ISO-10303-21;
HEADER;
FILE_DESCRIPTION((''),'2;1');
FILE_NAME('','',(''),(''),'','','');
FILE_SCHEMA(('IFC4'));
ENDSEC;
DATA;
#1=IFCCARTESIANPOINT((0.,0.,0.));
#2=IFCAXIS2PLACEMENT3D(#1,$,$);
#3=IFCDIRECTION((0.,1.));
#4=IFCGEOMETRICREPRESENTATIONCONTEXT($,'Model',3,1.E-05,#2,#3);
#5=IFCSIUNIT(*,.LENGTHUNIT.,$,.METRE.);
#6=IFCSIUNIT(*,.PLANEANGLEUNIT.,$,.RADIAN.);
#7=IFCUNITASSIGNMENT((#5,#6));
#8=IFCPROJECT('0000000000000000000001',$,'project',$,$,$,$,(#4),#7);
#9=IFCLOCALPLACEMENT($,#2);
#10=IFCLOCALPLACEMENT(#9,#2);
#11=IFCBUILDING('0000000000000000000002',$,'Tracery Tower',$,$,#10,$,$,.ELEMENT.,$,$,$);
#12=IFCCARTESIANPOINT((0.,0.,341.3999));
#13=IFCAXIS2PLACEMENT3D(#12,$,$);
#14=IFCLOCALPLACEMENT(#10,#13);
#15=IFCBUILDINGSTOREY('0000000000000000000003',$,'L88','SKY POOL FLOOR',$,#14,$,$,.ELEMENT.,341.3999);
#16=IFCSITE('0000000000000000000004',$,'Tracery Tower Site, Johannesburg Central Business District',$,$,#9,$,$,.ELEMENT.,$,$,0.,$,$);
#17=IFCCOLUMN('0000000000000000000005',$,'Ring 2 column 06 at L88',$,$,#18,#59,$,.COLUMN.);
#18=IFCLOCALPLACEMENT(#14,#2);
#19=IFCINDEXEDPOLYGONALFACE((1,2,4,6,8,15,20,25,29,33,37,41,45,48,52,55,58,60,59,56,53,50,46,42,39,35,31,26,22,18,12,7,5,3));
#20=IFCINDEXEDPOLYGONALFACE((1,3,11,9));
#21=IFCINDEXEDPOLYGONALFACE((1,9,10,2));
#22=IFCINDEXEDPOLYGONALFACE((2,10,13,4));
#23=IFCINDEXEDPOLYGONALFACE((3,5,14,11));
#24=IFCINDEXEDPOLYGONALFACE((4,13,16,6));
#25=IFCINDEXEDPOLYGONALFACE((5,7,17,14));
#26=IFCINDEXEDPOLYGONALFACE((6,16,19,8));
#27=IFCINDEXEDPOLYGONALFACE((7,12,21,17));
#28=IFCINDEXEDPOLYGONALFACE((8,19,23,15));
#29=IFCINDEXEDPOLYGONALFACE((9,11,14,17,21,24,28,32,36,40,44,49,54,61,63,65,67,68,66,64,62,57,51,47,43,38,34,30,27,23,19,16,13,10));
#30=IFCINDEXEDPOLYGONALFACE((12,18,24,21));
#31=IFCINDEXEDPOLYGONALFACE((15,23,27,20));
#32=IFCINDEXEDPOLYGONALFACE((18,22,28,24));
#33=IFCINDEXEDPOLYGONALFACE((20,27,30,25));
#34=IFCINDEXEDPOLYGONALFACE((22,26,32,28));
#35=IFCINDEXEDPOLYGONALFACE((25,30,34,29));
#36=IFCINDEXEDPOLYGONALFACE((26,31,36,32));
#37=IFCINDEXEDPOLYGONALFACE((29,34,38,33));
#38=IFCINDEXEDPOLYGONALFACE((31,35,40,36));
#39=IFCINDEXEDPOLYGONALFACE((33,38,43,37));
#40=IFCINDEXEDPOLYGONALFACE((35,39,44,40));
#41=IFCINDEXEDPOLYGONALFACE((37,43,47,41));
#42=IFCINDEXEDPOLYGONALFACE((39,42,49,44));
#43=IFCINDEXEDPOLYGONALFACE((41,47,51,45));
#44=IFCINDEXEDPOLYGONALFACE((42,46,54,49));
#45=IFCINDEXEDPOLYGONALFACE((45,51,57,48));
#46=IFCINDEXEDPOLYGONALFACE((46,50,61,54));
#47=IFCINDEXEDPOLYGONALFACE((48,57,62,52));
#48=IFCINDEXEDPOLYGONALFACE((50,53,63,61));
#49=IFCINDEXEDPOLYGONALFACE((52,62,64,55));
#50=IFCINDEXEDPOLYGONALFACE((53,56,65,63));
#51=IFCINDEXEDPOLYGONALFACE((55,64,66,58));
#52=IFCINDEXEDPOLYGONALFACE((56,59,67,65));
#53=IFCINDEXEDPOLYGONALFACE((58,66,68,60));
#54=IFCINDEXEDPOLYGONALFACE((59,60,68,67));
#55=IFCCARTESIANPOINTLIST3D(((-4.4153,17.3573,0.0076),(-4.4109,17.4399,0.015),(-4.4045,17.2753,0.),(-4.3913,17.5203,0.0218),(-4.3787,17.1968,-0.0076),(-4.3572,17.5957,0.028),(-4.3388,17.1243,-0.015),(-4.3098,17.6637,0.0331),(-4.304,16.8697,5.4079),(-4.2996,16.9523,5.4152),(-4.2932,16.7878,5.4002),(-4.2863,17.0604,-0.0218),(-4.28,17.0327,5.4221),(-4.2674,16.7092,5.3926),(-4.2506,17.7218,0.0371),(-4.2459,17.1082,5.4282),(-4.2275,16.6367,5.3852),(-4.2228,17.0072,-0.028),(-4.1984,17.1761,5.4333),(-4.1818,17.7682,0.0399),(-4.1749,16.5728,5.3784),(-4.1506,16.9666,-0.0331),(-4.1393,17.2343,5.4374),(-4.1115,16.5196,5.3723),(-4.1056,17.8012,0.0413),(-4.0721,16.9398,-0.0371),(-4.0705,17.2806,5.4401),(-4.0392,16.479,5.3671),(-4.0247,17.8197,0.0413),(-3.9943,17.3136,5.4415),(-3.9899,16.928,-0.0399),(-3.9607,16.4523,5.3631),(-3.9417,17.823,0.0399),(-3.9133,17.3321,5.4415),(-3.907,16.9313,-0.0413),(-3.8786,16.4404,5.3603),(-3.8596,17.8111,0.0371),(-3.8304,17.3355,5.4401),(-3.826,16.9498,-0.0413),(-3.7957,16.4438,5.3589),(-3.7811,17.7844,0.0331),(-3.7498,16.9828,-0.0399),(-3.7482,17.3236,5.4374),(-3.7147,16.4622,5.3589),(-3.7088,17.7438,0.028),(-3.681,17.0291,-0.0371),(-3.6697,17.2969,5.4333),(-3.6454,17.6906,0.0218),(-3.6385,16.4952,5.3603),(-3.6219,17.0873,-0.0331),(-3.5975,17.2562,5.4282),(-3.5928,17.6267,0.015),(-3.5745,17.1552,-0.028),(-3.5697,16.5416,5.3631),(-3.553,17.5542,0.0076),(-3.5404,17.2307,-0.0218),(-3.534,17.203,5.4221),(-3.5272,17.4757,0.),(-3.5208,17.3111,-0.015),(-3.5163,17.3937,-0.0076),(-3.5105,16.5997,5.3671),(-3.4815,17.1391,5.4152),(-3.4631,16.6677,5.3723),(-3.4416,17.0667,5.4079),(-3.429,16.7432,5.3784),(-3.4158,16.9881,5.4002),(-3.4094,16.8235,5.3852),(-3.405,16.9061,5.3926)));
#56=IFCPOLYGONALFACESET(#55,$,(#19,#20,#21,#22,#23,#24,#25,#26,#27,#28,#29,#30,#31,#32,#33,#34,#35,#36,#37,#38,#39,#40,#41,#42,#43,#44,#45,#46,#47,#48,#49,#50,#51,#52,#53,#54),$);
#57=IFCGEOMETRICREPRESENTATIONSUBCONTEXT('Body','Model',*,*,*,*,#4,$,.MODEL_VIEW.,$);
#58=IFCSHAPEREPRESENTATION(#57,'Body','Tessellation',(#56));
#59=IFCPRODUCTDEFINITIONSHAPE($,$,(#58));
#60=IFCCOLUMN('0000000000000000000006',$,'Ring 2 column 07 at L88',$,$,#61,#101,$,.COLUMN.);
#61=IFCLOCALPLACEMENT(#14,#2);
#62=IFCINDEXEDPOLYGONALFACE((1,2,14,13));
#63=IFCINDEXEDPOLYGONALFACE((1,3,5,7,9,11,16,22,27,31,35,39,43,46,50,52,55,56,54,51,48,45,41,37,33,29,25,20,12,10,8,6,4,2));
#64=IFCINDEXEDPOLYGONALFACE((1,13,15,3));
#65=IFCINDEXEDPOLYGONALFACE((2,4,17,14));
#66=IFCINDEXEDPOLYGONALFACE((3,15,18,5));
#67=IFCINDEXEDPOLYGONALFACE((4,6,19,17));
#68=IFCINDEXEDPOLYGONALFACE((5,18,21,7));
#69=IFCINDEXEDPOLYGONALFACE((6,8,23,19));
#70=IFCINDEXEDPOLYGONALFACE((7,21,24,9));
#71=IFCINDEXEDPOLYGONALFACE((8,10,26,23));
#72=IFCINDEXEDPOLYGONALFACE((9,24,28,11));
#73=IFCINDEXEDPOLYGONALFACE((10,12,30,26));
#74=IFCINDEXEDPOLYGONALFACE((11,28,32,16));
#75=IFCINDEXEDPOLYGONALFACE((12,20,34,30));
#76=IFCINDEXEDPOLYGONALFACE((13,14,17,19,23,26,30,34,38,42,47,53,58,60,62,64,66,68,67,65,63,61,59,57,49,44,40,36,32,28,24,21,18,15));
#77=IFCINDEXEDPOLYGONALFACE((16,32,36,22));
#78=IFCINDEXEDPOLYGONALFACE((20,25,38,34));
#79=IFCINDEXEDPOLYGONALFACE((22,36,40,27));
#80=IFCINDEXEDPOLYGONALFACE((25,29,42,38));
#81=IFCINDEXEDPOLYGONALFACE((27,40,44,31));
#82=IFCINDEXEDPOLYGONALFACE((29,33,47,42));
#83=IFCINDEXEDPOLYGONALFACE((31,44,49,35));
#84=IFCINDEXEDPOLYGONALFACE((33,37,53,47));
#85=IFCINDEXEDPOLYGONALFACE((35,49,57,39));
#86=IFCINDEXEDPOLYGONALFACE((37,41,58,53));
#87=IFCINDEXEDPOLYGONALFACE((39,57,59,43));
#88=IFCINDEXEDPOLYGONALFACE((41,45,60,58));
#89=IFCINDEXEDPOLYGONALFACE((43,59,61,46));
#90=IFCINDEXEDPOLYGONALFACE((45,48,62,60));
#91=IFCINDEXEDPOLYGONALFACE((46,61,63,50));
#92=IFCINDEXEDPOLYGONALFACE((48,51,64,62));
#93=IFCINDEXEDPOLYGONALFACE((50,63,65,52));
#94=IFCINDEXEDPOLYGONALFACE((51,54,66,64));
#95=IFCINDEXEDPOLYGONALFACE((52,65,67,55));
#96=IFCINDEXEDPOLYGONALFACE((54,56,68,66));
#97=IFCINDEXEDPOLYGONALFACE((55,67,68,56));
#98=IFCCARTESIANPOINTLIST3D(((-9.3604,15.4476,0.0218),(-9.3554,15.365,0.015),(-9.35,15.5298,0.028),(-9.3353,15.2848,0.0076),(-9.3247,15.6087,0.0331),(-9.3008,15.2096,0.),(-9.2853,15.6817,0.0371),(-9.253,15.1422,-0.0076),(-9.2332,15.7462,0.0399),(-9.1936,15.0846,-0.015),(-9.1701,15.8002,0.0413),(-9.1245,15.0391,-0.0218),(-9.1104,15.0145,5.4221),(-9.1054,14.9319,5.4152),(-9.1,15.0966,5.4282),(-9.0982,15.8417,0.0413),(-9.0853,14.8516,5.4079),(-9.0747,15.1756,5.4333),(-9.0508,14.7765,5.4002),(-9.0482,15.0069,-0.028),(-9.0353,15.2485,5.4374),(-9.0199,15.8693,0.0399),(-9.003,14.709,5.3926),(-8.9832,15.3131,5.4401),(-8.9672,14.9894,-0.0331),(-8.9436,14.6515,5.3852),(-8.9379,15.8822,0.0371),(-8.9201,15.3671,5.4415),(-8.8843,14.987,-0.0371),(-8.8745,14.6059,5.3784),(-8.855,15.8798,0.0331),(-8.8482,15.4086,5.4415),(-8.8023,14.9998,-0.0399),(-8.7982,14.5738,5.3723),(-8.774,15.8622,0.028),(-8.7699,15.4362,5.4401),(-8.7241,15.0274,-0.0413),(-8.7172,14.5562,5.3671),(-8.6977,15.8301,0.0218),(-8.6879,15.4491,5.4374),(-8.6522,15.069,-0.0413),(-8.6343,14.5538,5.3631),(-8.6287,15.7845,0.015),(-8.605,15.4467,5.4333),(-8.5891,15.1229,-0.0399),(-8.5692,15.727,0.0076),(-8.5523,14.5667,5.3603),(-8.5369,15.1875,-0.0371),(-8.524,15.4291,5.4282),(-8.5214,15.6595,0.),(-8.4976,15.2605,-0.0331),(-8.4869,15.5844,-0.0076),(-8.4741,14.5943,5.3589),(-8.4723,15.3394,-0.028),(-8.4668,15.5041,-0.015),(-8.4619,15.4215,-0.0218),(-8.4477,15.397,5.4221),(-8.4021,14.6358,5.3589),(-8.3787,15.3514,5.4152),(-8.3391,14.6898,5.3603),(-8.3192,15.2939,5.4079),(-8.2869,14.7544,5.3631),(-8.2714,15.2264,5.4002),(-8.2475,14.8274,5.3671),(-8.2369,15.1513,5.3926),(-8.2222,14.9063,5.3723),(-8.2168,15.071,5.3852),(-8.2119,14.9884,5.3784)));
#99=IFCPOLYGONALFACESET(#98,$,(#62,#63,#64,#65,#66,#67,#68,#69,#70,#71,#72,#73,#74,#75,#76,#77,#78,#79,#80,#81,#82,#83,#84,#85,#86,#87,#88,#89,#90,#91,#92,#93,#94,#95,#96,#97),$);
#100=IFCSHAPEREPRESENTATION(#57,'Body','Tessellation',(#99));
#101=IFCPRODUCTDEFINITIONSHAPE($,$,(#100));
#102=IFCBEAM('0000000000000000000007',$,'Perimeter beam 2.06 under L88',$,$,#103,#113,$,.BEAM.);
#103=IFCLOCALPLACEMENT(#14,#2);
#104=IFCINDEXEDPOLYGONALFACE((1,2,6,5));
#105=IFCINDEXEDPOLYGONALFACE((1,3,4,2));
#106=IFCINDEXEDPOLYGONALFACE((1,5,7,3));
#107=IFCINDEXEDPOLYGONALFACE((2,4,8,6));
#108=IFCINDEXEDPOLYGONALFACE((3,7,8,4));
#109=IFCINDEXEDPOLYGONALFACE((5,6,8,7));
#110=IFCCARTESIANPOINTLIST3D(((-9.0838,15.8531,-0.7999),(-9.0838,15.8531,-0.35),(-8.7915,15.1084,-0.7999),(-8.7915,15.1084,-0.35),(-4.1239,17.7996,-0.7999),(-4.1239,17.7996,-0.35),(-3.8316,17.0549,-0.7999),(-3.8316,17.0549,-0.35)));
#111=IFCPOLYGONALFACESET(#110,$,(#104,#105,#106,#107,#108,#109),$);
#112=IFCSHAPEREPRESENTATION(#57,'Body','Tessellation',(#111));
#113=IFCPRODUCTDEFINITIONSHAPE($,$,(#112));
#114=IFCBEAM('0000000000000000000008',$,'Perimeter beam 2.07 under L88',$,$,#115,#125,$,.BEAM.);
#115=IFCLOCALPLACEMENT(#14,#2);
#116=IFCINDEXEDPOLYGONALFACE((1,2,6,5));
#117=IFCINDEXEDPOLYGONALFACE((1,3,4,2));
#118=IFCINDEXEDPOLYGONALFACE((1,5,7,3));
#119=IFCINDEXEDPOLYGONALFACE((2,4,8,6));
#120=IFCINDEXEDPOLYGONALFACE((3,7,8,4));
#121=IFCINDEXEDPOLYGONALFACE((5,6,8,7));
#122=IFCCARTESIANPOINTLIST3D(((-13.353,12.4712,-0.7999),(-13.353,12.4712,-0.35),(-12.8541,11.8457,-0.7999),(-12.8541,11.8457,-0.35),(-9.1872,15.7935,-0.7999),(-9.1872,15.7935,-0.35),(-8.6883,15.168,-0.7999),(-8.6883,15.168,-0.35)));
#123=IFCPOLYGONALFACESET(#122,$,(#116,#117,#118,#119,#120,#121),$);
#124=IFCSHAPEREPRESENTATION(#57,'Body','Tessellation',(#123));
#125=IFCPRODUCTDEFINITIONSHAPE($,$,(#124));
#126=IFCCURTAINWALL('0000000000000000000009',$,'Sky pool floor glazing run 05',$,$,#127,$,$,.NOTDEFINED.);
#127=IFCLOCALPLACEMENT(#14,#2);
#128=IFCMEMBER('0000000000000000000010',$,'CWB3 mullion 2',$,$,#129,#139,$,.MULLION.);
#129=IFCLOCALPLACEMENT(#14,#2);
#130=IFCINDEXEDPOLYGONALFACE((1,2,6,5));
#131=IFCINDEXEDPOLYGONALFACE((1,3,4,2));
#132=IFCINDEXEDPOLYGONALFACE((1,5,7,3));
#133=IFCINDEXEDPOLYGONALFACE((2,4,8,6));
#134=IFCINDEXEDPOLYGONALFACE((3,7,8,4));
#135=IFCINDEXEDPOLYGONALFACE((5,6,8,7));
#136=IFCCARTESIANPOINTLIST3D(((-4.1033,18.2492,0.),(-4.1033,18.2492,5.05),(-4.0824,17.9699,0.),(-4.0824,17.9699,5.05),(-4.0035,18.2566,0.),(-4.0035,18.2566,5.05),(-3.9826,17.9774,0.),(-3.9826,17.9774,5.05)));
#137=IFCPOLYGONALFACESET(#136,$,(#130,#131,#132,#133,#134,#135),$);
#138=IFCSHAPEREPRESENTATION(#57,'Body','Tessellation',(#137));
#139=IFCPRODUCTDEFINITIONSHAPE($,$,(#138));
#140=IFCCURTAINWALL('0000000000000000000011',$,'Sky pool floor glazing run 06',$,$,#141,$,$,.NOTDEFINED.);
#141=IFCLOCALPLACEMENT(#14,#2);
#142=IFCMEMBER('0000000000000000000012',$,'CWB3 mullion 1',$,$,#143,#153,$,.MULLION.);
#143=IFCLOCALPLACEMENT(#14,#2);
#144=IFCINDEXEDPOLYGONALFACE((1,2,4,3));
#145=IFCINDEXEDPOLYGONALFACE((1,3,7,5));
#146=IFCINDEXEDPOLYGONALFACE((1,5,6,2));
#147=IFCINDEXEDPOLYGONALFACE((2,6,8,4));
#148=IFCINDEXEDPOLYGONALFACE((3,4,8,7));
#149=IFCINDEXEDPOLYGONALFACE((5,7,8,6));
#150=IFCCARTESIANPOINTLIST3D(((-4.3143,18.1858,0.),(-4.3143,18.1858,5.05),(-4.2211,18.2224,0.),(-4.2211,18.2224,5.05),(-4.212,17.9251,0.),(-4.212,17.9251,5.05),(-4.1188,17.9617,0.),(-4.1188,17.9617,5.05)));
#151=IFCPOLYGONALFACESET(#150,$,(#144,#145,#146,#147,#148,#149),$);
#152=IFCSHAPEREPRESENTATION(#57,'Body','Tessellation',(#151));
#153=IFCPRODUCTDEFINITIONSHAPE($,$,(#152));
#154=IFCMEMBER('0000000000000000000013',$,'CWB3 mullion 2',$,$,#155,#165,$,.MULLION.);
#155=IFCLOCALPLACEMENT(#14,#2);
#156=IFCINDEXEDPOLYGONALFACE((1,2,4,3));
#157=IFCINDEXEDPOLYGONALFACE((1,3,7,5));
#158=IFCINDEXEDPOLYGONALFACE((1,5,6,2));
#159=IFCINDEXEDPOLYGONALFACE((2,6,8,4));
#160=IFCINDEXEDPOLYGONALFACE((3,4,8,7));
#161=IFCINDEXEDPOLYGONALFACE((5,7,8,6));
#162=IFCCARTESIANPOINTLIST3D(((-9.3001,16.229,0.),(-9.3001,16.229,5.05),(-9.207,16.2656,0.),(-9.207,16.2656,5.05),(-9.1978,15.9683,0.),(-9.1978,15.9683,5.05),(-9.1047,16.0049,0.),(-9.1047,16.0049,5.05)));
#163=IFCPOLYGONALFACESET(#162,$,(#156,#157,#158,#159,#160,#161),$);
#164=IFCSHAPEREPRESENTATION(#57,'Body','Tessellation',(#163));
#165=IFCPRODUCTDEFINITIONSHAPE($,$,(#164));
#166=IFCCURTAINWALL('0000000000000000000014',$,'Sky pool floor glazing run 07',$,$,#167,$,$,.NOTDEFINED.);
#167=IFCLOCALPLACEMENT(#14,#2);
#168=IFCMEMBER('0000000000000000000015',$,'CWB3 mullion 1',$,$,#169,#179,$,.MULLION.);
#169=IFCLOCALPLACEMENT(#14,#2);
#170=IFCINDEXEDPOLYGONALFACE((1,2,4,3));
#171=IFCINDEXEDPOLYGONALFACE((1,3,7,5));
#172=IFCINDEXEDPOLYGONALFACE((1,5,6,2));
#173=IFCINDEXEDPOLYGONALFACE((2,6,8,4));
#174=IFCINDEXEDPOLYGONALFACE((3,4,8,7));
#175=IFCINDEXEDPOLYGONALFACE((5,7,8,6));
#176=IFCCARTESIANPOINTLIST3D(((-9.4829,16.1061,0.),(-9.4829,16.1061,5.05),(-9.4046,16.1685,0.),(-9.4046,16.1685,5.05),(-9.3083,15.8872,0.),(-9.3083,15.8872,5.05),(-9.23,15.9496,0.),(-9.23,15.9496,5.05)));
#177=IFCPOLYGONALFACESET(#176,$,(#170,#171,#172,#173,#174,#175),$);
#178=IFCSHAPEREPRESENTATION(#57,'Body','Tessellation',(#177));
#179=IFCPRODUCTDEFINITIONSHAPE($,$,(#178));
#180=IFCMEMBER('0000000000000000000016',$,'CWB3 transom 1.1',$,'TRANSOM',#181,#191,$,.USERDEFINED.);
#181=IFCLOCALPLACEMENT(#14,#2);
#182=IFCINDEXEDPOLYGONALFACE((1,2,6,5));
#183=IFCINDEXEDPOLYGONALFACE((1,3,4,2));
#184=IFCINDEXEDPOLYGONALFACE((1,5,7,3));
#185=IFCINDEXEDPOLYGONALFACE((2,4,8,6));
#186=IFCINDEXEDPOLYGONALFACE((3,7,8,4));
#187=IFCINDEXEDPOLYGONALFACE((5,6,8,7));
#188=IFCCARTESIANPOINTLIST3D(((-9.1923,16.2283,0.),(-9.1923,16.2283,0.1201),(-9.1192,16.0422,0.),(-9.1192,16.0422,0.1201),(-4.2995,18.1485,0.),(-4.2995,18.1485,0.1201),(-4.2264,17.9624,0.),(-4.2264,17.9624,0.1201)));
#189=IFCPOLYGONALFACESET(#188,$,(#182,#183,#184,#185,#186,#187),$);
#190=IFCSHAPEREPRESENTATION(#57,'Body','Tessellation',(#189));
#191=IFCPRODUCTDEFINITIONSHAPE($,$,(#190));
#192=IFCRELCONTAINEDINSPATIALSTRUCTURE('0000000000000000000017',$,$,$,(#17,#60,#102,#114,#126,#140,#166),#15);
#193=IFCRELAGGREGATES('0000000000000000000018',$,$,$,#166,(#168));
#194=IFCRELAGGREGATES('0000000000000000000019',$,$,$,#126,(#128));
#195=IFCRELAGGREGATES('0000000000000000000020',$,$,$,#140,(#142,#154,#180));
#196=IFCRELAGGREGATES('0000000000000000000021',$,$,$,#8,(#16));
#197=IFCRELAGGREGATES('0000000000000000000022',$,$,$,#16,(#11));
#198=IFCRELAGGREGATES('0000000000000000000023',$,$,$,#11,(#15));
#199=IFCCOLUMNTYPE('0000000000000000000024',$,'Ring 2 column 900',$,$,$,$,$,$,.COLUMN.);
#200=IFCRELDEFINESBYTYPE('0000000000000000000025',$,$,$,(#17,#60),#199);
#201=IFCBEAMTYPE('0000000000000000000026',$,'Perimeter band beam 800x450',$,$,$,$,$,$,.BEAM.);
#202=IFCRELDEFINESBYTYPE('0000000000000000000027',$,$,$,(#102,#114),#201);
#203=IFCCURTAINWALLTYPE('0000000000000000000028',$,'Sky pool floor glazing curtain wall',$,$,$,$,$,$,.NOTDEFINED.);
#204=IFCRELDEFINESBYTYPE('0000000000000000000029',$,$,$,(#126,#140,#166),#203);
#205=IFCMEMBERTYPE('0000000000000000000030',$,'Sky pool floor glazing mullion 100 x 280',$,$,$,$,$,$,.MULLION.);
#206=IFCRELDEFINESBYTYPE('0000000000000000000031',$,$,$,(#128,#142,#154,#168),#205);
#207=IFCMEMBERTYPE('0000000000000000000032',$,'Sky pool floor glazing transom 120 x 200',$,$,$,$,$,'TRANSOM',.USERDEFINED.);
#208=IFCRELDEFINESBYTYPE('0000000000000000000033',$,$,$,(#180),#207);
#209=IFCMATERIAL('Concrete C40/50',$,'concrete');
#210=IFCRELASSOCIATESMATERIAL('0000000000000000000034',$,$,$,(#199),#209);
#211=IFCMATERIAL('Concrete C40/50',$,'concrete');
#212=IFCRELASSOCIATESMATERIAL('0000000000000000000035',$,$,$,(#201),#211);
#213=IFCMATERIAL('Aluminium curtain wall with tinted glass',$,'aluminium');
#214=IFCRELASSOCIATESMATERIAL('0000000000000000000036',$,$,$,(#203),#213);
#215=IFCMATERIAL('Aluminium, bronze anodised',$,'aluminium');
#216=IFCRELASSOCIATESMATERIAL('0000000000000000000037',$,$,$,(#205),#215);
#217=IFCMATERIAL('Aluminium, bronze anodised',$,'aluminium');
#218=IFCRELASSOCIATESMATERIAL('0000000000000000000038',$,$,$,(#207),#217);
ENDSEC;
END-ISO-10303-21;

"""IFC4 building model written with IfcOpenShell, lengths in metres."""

from ifc_helpers import new_model, si_unit, direction, frame, origin, origin_2d, place, context, subcontext, project, spatial, rectangle, circle, extrude, material, material_profile, profile_set, type_object, element, aggregate, save


model = new_model("IFC4")

# Units and contexts
model_context = context("Model", 3, precision=1e-05, world=origin(), true_north=direction((0.0, 1.0)))
body_context = subcontext(model_context, "Body", "Model", "MODEL_VIEW")
ifc_project = project(units=[si_unit("LENGTHUNIT", "METRE"), si_unit("PLANEANGLEUNIT", "RADIAN")], contexts=[model_context])

# Site, building, storey
site_placement = place(None, origin())
site = spatial("IfcSite", under=ifc_project, at=site_placement, Name="Tracery Tower Site, Johannesburg Central Business District", CompositionType="ELEMENT", RefElevation=0.0)
building_placement = place(site_placement, origin())
building = spatial("IfcBuilding", under=site, at=building_placement, Name="Tracery Tower", CompositionType="ELEMENT")
storey_placement = place(building_placement, frame((0.0, 0.0, 341.3999)))
storey = spatial("IfcBuildingStorey", under=building, at=storey_placement, Name="L88", Description="SKY POOL FLOOR", CompositionType="ELEMENT", Elevation=341.3999)

# Columns
ifc_material_1 = material(Name="Concrete C40/50", Category="concrete")
ifc_material_profile_1 = material_profile(ifc_material_1, circle(Radius=0.45, at=origin_2d()), Name="RC D900")
ifc_profile_set_1 = profile_set([ifc_material_profile_1], Name="Concrete C40/50")
column_type = type_object("IfcColumnType", Name="Ring 2 column 900", PredefinedType="COLUMN", material=ifc_profile_set_1)
for number, where, z_axis, x_axis, name in (
    (1, (-3.9658, 17.3755, 0.0), (0.020528, -0.0899, 0.995739), (0.974907, 0.222613, 0.0), "Ring 2 column 06 at L88"),
    (2, (-8.9111, 15.4346, 0.0), (0.046098, -0.079861, 0.99574), (0.866072, 0.49992, 0.0), "Ring 2 column 07 at L88"),
):
    element("IfcColumn", number, at=place(storey_placement, frame(where, z_axis=z_axis, x_axis=x_axis)), inside=storey, type_object=column_type, Name=name, PredefinedType="COLUMN", context=body_context, shape_type="SweptSolid", body=[
        extrude(circle(Radius=0.45, at=origin_2d()), origin(), (0.0, 0.0, 1.0), 5.4233),
    ])

# Beams
ifc_material_2 = material(Name="Concrete C40/50", Category="concrete")
ifc_material_profile_2 = material_profile(ifc_material_2, rectangle(XDim=0.8, YDim=0.45, at=origin_2d()), Name="RC 800x450")
ifc_profile_set_2 = profile_set([ifc_material_profile_2], Name="Concrete C40/50")
beam_type = type_object("IfcBeamType", Name="Perimeter band beam 800x450", PredefinedType="BEAM", material=ifc_profile_set_2)
beam_1_placement = place(storey_placement, frame((-3.9778, 17.4272, -0.575), z_axis=(-0.930881, -0.365323, 0.0), x_axis=(0.365323, -0.930881, 0.0)))
element("IfcBeam", 3, at=beam_1_placement, inside=storey, type_object=beam_type, Name="Perimeter beam 2.06 under L88", PredefinedType="BEAM", context=body_context, shape_type="SweptSolid", body=[
    extrude(rectangle(XDim=0.8, YDim=0.45, at=origin_2d()), origin(), (0.0, 0.0, 1.0), 5.3281),
])
beam_2_placement = place(storey_placement, frame((-8.9377, 15.4807, -0.575), z_axis=(-0.781816, -0.62351, 0.0), x_axis=(0.62351, -0.781816, 0.0)))
element("IfcBeam", 4, at=beam_2_placement, inside=storey, type_object=beam_type, Name="Perimeter beam 2.07 under L88", PredefinedType="BEAM", context=body_context, shape_type="SweptSolid", body=[
    extrude(rectangle(XDim=0.8, YDim=0.45, at=origin_2d()), origin(), (0.0, 0.0, 1.0), 5.3284),
])

# Curtain wall, member
ifc_material_3 = material(Name="Aluminium curtain wall with tinted glass", Category="aluminium")
curtain_wall_type = type_object("IfcCurtainWallType", Name="Sky pool floor glazing curtain wall", PredefinedType="NOTDEFINED", material=ifc_material_3)
curtain_wall_1_placement = place(storey_placement, origin())
curtain_wall_1 = element("IfcCurtainWall", 5, at=curtain_wall_1_placement, inside=storey, type_object=curtain_wall_type, Name="Sky pool floor glazing run 05", PredefinedType="NOTDEFINED")
ifc_material_4 = material(Name="Aluminium, bronze anodised", Category="aluminium")
ifc_material_profile_3 = material_profile(ifc_material_4, rectangle(XDim=0.28, YDim=0.1001, at=origin_2d()), Name="Sky pool floor glazing mullion 100 x 280")
ifc_profile_set_3 = profile_set([ifc_material_profile_3], Name="Aluminium, bronze anodised")
member_type_1 = type_object("IfcMemberType", Name="Sky pool floor glazing mullion 100 x 280", PredefinedType="MULLION", material=ifc_profile_set_3)
member_1_placement = place(storey_placement, frame((-4.043, 18.1133, 0.0), z_axis=(0.0, 0.0, 1.0), x_axis=(0.074743, -0.997203, 0.0)))
member_1 = element("IfcMember", 6, at=member_1_placement, type_object=member_type_1, Name="CWB3 mullion 2", PredefinedType="MULLION", context=body_context, shape_type="SweptSolid", body=[
    extrude(rectangle(XDim=0.28, YDim=0.1001, at=origin_2d()), origin(), (0.0, 0.0, 1.0), 5.05),
])

# Curtain wall, members
curtain_wall_2_placement = place(storey_placement, origin())
curtain_wall_2 = element("IfcCurtainWall", 7, at=curtain_wall_2_placement, inside=storey, type_object=curtain_wall_type, Name="Sky pool floor glazing run 06", PredefinedType="NOTDEFINED")
member_2_placement = place(storey_placement, frame((-4.2166, 18.0737, 0.0), z_axis=(0.0, 0.0, 1.0), x_axis=(0.365331, -0.930878, 0.0)))
member_2 = element("IfcMember", 8, at=member_2_placement, type_object=member_type_1, Name="CWB3 mullion 1", PredefinedType="MULLION", context=body_context, shape_type="SweptSolid", body=[
    extrude(rectangle(XDim=0.28, YDim=0.1001, at=origin_2d()), origin(), (0.0, 0.0, 1.0), 5.05),
])
member_3_placement = place(storey_placement, frame((-9.2024, 16.1169, 0.0), z_axis=(0.0, 0.0, 1.0), x_axis=(0.365331, -0.930878, 0.0)))
member_3 = element("IfcMember", 9, at=member_3_placement, type_object=member_type_1, Name="CWB3 mullion 2", PredefinedType="MULLION", context=body_context, shape_type="SweptSolid", body=[
    extrude(rectangle(XDim=0.28, YDim=0.1001, at=origin_2d()), origin(), (0.0, 0.0, 1.0), 5.05),
])

# Curtain wall, member
curtain_wall_3_placement = place(storey_placement, origin())
curtain_wall_3 = element("IfcCurtainWall", 10, at=curtain_wall_3_placement, inside=storey, type_object=curtain_wall_type, Name="Sky pool floor glazing run 07", PredefinedType="NOTDEFINED")
member_4_placement = place(storey_placement, frame((-9.3564, 16.0278, 0.0), z_axis=(0.0, 0.0, 1.0), x_axis=(0.623503, -0.781821, 0.0)))
member_4 = element("IfcMember", 11, at=member_4_placement, type_object=member_type_1, Name="CWB3 mullion 1", PredefinedType="MULLION", context=body_context, shape_type="SweptSolid", body=[
    extrude(rectangle(XDim=0.28, YDim=0.1001, at=origin_2d()), origin(), (0.0, 0.0, 1.0), 5.05),
])

# Member
ifc_material_5 = material(Name="Aluminium, bronze anodised", Category="aluminium")
ifc_material_profile_4 = material_profile(ifc_material_5, rectangle(XDim=0.2, YDim=0.1201, at=origin_2d()), Name="Sky pool floor glazing transom 120 x 200")
ifc_profile_set_4 = profile_set([ifc_material_profile_4], Name="Aluminium, bronze anodised")
member_type_2 = type_object("IfcMemberType", Name="Sky pool floor glazing transom 120 x 200", ElementType="TRANSOM", PredefinedType="USERDEFINED", material=ifc_profile_set_4)
member_5_placement = place(storey_placement, frame((-4.2629, 18.0554, 0.0601), z_axis=(-0.930882, -0.36532, 0.0), x_axis=(0.36532, -0.930882, 0.0)))
member_5 = element("IfcMember", 12, at=member_5_placement, type_object=member_type_2, Name="CWB3 transom 1.1", ObjectType="TRANSOM", PredefinedType="USERDEFINED", context=body_context, shape_type="SweptSolid", body=[
    extrude(rectangle(XDim=0.2, YDim=0.1201, at=origin_2d()), origin(), (0.0, 0.0, 1.0), 5.2561),
])
aggregate(curtain_wall_3, [member_4])

aggregate(curtain_wall_1, [member_1])
aggregate(curtain_wall_2, [member_2, member_3, member_5])

save(model, "model.ifc")
